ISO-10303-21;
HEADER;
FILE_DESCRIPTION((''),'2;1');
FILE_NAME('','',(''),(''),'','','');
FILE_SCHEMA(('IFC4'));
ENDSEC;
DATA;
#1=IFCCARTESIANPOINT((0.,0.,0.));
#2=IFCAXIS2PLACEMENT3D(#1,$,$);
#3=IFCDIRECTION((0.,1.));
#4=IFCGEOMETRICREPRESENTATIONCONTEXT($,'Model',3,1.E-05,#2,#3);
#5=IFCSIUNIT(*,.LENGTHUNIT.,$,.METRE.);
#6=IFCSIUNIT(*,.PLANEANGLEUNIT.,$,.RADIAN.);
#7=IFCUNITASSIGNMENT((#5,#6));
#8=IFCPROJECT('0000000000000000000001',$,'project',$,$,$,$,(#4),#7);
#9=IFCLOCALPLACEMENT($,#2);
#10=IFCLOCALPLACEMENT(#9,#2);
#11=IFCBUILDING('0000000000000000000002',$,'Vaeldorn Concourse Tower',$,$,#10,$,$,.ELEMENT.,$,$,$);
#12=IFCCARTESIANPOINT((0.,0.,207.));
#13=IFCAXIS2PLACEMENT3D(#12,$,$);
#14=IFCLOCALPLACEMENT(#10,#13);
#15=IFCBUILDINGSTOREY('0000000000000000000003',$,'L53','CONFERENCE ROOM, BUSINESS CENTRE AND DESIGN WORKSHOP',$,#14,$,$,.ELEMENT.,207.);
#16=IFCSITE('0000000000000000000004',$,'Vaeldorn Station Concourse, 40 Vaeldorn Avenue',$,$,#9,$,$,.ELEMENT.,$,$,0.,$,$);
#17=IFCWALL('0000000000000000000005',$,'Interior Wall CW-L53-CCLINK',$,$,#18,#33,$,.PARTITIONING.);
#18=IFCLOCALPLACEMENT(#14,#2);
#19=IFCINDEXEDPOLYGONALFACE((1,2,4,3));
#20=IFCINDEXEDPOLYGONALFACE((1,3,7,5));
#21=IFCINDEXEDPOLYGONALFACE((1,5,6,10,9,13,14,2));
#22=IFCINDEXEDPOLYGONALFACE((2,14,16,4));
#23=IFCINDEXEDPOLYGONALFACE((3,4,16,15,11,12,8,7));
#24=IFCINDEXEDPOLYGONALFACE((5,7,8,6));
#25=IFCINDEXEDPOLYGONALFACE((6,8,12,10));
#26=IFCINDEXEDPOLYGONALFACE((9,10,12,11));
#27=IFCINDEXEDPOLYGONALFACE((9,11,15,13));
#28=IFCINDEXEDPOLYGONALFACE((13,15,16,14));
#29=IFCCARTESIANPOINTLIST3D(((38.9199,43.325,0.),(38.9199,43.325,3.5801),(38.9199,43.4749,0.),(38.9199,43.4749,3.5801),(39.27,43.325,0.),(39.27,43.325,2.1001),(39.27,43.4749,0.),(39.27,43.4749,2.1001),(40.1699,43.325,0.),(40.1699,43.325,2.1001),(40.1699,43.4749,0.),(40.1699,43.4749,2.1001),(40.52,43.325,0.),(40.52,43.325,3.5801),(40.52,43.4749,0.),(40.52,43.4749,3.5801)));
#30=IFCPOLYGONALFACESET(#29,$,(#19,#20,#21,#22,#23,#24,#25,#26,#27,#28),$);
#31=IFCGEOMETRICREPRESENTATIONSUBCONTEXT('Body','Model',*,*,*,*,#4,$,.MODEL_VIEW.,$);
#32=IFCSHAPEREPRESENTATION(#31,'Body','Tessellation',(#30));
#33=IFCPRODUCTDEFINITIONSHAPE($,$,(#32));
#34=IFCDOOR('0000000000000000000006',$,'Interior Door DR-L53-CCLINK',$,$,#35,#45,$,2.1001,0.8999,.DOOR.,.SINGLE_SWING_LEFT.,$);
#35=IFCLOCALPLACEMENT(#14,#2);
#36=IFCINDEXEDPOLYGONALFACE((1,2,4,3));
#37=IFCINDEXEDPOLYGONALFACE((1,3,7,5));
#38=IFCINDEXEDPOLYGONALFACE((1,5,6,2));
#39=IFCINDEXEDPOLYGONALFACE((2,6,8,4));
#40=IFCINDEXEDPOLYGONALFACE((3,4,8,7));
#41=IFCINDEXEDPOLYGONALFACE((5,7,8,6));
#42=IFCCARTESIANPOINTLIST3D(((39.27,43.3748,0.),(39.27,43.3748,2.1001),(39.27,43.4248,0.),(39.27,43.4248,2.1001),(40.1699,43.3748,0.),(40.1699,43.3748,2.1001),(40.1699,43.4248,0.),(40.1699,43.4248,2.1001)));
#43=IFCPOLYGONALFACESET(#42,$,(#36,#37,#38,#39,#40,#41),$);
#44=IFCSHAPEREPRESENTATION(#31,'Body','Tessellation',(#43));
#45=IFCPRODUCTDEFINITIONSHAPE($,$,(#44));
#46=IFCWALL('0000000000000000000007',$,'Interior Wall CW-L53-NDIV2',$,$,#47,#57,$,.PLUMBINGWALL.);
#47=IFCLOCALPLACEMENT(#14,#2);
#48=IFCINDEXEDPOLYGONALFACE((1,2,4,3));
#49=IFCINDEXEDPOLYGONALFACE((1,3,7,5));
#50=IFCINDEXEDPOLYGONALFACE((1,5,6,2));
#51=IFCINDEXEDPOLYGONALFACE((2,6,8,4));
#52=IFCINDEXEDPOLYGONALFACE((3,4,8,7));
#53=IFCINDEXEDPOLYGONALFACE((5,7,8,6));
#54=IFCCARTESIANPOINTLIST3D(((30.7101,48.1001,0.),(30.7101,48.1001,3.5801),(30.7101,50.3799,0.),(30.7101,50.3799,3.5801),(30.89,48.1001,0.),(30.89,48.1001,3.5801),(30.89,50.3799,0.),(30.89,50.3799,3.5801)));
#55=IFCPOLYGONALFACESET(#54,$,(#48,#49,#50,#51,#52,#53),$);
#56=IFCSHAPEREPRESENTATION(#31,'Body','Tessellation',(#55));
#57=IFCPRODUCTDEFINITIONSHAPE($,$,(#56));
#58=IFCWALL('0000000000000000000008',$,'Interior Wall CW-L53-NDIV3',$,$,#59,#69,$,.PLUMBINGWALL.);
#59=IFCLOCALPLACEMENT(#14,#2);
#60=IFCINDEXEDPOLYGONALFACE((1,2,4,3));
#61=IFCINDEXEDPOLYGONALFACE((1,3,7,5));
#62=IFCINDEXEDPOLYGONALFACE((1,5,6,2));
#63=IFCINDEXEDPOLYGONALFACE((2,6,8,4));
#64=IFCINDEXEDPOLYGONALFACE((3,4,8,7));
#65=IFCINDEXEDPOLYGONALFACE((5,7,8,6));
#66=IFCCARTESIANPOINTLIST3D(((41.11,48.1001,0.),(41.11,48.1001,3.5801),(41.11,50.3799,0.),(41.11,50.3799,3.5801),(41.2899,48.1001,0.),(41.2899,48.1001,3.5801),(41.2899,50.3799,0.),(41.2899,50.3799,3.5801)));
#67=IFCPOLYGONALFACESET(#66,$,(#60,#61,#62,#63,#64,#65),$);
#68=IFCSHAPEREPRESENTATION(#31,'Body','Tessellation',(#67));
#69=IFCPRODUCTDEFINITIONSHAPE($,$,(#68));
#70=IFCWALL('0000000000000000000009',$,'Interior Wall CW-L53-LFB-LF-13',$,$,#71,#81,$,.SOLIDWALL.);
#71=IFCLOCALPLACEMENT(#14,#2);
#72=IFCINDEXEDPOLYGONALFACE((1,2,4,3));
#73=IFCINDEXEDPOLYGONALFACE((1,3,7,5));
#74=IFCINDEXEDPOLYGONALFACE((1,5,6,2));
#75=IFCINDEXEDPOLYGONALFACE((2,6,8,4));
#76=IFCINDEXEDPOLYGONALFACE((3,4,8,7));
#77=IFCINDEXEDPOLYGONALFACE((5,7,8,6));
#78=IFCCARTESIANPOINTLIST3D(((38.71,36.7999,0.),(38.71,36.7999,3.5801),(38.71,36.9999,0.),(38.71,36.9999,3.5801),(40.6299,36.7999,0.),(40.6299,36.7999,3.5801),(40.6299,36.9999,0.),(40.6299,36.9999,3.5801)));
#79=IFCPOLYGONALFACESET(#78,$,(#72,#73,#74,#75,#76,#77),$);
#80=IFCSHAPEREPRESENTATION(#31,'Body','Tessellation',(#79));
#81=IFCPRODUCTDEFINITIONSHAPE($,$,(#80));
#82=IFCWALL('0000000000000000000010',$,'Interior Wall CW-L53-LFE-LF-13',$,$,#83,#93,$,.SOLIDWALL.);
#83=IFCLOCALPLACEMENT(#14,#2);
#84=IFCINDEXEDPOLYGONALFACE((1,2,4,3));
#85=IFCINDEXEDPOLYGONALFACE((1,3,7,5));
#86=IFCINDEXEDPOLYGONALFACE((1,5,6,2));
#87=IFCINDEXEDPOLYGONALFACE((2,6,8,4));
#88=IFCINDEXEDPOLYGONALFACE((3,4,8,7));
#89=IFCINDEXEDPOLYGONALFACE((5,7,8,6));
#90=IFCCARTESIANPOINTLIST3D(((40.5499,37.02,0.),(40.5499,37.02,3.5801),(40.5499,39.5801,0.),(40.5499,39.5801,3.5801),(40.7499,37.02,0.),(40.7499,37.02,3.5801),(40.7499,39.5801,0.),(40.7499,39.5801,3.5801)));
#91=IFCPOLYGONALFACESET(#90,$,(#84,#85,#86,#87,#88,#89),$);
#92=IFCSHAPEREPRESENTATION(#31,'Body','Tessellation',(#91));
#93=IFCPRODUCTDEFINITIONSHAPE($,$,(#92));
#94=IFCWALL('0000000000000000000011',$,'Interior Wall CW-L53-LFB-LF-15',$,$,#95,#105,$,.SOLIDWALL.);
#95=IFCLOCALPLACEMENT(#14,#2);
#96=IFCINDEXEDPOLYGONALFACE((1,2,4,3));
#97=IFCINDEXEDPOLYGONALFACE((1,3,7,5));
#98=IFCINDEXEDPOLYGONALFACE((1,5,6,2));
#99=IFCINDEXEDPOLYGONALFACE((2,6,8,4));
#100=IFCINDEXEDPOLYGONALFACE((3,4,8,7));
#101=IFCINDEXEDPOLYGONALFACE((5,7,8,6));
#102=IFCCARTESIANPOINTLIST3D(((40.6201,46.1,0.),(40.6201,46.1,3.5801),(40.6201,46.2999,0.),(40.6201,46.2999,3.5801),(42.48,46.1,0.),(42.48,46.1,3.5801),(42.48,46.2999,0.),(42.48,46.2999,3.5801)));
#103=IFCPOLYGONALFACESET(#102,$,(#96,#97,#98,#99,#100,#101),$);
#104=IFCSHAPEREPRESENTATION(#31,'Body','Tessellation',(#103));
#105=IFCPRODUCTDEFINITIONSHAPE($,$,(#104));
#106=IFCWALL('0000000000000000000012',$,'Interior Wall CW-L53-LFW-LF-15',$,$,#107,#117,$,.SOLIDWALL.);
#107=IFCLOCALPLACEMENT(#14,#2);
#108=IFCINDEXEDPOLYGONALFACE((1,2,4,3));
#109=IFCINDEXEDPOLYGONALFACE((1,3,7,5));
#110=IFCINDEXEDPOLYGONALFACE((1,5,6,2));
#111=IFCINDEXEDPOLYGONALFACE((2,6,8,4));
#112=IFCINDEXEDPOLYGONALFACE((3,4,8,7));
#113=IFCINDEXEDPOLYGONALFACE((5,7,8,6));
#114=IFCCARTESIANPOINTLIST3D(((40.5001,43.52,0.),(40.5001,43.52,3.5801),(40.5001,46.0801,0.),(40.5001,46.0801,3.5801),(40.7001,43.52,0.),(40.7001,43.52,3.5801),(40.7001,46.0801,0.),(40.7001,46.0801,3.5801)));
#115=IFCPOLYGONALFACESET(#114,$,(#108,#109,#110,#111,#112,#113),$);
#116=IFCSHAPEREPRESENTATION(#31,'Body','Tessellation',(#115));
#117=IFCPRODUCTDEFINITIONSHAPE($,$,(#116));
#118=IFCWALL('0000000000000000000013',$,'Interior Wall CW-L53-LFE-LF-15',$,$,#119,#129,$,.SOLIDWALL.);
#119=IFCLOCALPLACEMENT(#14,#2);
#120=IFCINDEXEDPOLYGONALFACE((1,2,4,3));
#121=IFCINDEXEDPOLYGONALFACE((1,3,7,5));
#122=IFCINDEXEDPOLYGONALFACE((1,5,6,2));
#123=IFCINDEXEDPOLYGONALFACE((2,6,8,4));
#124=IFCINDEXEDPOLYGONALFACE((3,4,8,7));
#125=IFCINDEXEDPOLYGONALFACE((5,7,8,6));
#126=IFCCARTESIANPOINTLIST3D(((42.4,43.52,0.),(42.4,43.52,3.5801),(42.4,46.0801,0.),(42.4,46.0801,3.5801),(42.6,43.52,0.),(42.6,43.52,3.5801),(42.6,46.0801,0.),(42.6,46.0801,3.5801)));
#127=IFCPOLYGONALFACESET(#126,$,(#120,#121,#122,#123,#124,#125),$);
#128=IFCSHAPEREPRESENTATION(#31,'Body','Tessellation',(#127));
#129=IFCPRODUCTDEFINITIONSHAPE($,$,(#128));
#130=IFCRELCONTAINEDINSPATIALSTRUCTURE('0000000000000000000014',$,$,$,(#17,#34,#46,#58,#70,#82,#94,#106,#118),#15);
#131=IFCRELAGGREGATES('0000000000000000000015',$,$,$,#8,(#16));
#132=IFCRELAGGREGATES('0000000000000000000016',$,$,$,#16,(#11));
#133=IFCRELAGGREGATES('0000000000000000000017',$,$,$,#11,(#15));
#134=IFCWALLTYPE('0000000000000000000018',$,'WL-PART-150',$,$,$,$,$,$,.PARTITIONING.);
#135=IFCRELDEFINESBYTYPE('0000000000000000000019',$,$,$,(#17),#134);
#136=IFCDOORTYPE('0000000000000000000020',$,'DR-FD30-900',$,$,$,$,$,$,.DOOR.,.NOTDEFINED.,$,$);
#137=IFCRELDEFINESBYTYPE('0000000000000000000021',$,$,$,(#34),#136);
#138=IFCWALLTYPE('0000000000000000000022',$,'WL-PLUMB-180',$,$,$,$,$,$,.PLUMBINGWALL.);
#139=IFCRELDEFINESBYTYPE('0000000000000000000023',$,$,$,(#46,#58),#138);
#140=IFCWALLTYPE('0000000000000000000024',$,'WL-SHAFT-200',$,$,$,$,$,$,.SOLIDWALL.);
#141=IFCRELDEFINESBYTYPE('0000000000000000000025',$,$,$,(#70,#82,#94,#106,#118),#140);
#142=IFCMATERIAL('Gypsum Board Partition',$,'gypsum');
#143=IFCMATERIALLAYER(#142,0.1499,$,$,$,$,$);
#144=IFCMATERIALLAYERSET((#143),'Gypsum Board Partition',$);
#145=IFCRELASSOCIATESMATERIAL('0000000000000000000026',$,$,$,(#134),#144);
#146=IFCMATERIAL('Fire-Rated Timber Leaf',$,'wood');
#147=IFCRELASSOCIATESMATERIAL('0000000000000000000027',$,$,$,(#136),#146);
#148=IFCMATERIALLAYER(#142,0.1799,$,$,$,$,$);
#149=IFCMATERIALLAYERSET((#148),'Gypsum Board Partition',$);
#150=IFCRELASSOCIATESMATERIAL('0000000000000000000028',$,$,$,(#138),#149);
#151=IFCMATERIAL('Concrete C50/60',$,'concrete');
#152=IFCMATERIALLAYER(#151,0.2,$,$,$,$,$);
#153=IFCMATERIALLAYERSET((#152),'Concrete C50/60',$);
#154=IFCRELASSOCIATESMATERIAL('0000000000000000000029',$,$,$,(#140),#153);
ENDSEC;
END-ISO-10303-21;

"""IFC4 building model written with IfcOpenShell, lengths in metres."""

from ifc_helpers import new_model, si_unit, direction, frame, frame_2d, origin, place, context, subcontext, project, spatial, rectangle, extrude, source, transform, mapped, material, layer, layer_set, type_object, element, fill, save


model = new_model("IFC4")

# Units and contexts
model_context = context("Model", 3, precision=1e-05, world=origin(), true_north=direction((0.0, 1.0)))
body_context = subcontext(model_context, "Body", "Model", "MODEL_VIEW")
ifc_project = project(units=[si_unit("LENGTHUNIT", "METRE"), si_unit("PLANEANGLEUNIT", "RADIAN")], contexts=[model_context])

# Site, building, storey
site_placement = place(None, origin())
site = spatial("IfcSite", under=ifc_project, at=site_placement, Name="Vaeldorn Station Concourse, 40 Vaeldorn Avenue", CompositionType="ELEMENT", RefElevation=0.0)
building_placement = place(site_placement, origin())
building = spatial("IfcBuilding", under=site, at=building_placement, Name="Vaeldorn Concourse Tower", CompositionType="ELEMENT")
storey_placement = place(building_placement, frame((0.0, 0.0, 207.0)))
storey = spatial("IfcBuildingStorey", under=building, at=storey_placement, Name="L53", Description="CONFERENCE ROOM, BUSINESS CENTRE AND DESIGN WORKSHOP", CompositionType="ELEMENT", Elevation=207.0)

# Shared definitions
ifc_material_1 = material(Name="Concrete C50/60", Category="concrete")
ifc_material_2 = material(Name="Gypsum Board Partition", Category="gypsum")
ifc_layer_1 = layer(ifc_material_2, 0.1499)
ifc_layer_set_1 = layer_set([ifc_layer_1], Name="Gypsum Board Partition")
wall_type_1 = type_object("IfcWallType", Name="WL-PART-150", PredefinedType="PARTITIONING", material=ifc_layer_set_1)

# Wall, opening, door
ifc_material_3 = material(Name="Fire-Rated Timber Leaf", Category="wood")
door_type_1 = type_object("IfcDoorType", Name="DR-FD30-900", OperationType="NOTDEFINED", PredefinedType="DOOR", material=ifc_material_3)
shared_shape_1 = source(origin(), body_context, "Body", "SweptSolid", [
    extrude(rectangle(XDim=0.8999, YDim=2.1001, at=frame_2d((0.45, 1.05))), frame((0.0, 0.0249, 0.0), z_axis=(0.0, -1.0, 0.0), x_axis=(1.0, 0.0, 0.0)), (0.0, 0.0, 1.0), 0.05),
])
wall_1_placement = place(storey_placement, frame((38.9199, 43.3999, 0.0), z_axis=(0.0, 0.0, 1.0), x_axis=(1.0, 0.0, 0.0)))
wall_1 = element("IfcWall", 1, at=wall_1_placement, inside=storey, type_object=wall_type_1, Name="Interior Wall CW-L53-CCLINK", PredefinedType="PARTITIONING", context=body_context, shape_type="SweptSolid", body=[
    extrude(rectangle(XDim=1.6001, YDim=0.1499, at=frame_2d((0.8, 0.0))), origin(), (0.0, 0.0, 1.0), 3.5801),
])
opening_1_placement = place(wall_1_placement, frame((0.3501, 0.0, 0.0)))
opening_1 = element("IfcOpeningElement", 2, at=opening_1_placement, cuts=wall_1, PredefinedType="OPENING", context=body_context, shape_type="SweptSolid", body=[
    extrude(rectangle(XDim=0.8999, YDim=2.1001, at=frame_2d((0.45, 1.05))), frame((0.0, 0.085, 0.0), z_axis=(0.0, -1.0, 0.0), x_axis=(1.0, 0.0, 0.0)), (0.0, 0.0, 1.0), 0.1699),
])
door_1_placement = place(opening_1_placement, origin())
door_1 = element("IfcDoor", 3, at=door_1_placement, inside=storey, type_object=door_type_1, Name="Interior Door DR-L53-CCLINK", OperationType="SINGLE_SWING_LEFT", OverallHeight=2.1001, OverallWidth=0.8999, PredefinedType="DOOR", context=body_context, shape_type="MappedRepresentation", body=[
    mapped(shared_shape_1, transform((0.0, 0.0, 0.0), scale=1.0)),
])
fill(opening_1, door_1)

# Walls
ifc_layer_2 = layer(ifc_material_2, 0.1799)
ifc_layer_set_2 = layer_set([ifc_layer_2], Name="Gypsum Board Partition")
wall_type_2 = type_object("IfcWallType", Name="WL-PLUMB-180", PredefinedType="PLUMBINGWALL", material=ifc_layer_set_2)
for number, where, z_axis, x_axis, name in (
    (4, (30.8, 48.1001, 0.0), (0.0, 0.0, 1.0), (0.0, 1.0, 0.0), "Interior Wall CW-L53-NDIV2"),
    (5, (41.2, 48.1001, 0.0), (0.0, 0.0, 1.0), (0.0, 1.0, 0.0), "Interior Wall CW-L53-NDIV3"),
):
    element("IfcWall", number, at=place(storey_placement, frame(where, z_axis=z_axis, x_axis=x_axis)), inside=storey, type_object=wall_type_2, Name=name, PredefinedType="PLUMBINGWALL", context=body_context, shape_type="SweptSolid", body=[
        extrude(rectangle(XDim=2.2798, YDim=0.1799, at=frame_2d((1.1399, 0.0))), origin(), (0.0, 0.0, 1.0), 3.5801),
    ])

# Shared definitions
ifc_layer_3 = layer(ifc_material_1, 0.2)
ifc_layer_set_3 = layer_set([ifc_layer_3], Name="Concrete C50/60")
wall_type_3 = type_object("IfcWallType", Name="WL-SHAFT-200", PredefinedType="SOLIDWALL", material=ifc_layer_set_3)

# Walls
wall_2_placement = place(storey_placement, frame((38.71, 36.8999, 0.0), z_axis=(0.0, 0.0, 1.0), x_axis=(1.0, 0.0, 0.0)))
element("IfcWall", 6, at=wall_2_placement, inside=storey, type_object=wall_type_3, Name="Interior Wall CW-L53-LFB-LF-13", PredefinedType="SOLIDWALL", context=body_context, shape_type="SweptSolid", body=[
    extrude(rectangle(XDim=1.9199, YDim=0.2, at=frame_2d((0.96, 0.0))), origin(), (0.0, 0.0, 1.0), 3.5801),
])
wall_3_placement = place(storey_placement, frame((40.6499, 37.02, 0.0), z_axis=(0.0, 0.0, 1.0), x_axis=(0.0, 1.0, 0.0)))
element("IfcWall", 7, at=wall_3_placement, inside=storey, type_object=wall_type_3, Name="Interior Wall CW-L53-LFE-LF-13", PredefinedType="SOLIDWALL", context=body_context, shape_type="SweptSolid", body=[
    extrude(rectangle(XDim=2.5601, YDim=0.2, at=frame_2d((1.28, 0.0))), origin(), (0.0, 0.0, 1.0), 3.5801),
])

# Walls
wall_4_placement = place(storey_placement, frame((40.6201, 46.2, 0.0), z_axis=(0.0, 0.0, 1.0), x_axis=(1.0, 0.0, 0.0)))
element("IfcWall", 8, at=wall_4_placement, inside=storey, type_object=wall_type_3, Name="Interior Wall CW-L53-LFB-LF-15", PredefinedType="SOLIDWALL", context=body_context, shape_type="SweptSolid", body=[
    extrude(rectangle(XDim=1.8599, YDim=0.2, at=frame_2d((0.9299, 0.0))), origin(), (0.0, 0.0, 1.0), 3.5801),
])
for number, where, z_axis, x_axis, name in (
    (9, (40.6001, 43.52, 0.0), (0.0, 0.0, 1.0), (0.0, 1.0, 0.0), "Interior Wall CW-L53-LFW-LF-15"),
    (10, (42.5, 43.52, 0.0), (0.0, 0.0, 1.0), (0.0, 1.0, 0.0), "Interior Wall CW-L53-LFE-LF-15"),
):
    element("IfcWall", number, at=place(storey_placement, frame(where, z_axis=z_axis, x_axis=x_axis)), inside=storey, type_object=wall_type_3, Name=name, PredefinedType="SOLIDWALL", context=body_context, shape_type="SweptSolid", body=[
        extrude(rectangle(XDim=2.5601, YDim=0.2, at=frame_2d((1.28, 0.0))), origin(), (0.0, 0.0, 1.0), 3.5801),
    ])

save(model, "model.ifc")
